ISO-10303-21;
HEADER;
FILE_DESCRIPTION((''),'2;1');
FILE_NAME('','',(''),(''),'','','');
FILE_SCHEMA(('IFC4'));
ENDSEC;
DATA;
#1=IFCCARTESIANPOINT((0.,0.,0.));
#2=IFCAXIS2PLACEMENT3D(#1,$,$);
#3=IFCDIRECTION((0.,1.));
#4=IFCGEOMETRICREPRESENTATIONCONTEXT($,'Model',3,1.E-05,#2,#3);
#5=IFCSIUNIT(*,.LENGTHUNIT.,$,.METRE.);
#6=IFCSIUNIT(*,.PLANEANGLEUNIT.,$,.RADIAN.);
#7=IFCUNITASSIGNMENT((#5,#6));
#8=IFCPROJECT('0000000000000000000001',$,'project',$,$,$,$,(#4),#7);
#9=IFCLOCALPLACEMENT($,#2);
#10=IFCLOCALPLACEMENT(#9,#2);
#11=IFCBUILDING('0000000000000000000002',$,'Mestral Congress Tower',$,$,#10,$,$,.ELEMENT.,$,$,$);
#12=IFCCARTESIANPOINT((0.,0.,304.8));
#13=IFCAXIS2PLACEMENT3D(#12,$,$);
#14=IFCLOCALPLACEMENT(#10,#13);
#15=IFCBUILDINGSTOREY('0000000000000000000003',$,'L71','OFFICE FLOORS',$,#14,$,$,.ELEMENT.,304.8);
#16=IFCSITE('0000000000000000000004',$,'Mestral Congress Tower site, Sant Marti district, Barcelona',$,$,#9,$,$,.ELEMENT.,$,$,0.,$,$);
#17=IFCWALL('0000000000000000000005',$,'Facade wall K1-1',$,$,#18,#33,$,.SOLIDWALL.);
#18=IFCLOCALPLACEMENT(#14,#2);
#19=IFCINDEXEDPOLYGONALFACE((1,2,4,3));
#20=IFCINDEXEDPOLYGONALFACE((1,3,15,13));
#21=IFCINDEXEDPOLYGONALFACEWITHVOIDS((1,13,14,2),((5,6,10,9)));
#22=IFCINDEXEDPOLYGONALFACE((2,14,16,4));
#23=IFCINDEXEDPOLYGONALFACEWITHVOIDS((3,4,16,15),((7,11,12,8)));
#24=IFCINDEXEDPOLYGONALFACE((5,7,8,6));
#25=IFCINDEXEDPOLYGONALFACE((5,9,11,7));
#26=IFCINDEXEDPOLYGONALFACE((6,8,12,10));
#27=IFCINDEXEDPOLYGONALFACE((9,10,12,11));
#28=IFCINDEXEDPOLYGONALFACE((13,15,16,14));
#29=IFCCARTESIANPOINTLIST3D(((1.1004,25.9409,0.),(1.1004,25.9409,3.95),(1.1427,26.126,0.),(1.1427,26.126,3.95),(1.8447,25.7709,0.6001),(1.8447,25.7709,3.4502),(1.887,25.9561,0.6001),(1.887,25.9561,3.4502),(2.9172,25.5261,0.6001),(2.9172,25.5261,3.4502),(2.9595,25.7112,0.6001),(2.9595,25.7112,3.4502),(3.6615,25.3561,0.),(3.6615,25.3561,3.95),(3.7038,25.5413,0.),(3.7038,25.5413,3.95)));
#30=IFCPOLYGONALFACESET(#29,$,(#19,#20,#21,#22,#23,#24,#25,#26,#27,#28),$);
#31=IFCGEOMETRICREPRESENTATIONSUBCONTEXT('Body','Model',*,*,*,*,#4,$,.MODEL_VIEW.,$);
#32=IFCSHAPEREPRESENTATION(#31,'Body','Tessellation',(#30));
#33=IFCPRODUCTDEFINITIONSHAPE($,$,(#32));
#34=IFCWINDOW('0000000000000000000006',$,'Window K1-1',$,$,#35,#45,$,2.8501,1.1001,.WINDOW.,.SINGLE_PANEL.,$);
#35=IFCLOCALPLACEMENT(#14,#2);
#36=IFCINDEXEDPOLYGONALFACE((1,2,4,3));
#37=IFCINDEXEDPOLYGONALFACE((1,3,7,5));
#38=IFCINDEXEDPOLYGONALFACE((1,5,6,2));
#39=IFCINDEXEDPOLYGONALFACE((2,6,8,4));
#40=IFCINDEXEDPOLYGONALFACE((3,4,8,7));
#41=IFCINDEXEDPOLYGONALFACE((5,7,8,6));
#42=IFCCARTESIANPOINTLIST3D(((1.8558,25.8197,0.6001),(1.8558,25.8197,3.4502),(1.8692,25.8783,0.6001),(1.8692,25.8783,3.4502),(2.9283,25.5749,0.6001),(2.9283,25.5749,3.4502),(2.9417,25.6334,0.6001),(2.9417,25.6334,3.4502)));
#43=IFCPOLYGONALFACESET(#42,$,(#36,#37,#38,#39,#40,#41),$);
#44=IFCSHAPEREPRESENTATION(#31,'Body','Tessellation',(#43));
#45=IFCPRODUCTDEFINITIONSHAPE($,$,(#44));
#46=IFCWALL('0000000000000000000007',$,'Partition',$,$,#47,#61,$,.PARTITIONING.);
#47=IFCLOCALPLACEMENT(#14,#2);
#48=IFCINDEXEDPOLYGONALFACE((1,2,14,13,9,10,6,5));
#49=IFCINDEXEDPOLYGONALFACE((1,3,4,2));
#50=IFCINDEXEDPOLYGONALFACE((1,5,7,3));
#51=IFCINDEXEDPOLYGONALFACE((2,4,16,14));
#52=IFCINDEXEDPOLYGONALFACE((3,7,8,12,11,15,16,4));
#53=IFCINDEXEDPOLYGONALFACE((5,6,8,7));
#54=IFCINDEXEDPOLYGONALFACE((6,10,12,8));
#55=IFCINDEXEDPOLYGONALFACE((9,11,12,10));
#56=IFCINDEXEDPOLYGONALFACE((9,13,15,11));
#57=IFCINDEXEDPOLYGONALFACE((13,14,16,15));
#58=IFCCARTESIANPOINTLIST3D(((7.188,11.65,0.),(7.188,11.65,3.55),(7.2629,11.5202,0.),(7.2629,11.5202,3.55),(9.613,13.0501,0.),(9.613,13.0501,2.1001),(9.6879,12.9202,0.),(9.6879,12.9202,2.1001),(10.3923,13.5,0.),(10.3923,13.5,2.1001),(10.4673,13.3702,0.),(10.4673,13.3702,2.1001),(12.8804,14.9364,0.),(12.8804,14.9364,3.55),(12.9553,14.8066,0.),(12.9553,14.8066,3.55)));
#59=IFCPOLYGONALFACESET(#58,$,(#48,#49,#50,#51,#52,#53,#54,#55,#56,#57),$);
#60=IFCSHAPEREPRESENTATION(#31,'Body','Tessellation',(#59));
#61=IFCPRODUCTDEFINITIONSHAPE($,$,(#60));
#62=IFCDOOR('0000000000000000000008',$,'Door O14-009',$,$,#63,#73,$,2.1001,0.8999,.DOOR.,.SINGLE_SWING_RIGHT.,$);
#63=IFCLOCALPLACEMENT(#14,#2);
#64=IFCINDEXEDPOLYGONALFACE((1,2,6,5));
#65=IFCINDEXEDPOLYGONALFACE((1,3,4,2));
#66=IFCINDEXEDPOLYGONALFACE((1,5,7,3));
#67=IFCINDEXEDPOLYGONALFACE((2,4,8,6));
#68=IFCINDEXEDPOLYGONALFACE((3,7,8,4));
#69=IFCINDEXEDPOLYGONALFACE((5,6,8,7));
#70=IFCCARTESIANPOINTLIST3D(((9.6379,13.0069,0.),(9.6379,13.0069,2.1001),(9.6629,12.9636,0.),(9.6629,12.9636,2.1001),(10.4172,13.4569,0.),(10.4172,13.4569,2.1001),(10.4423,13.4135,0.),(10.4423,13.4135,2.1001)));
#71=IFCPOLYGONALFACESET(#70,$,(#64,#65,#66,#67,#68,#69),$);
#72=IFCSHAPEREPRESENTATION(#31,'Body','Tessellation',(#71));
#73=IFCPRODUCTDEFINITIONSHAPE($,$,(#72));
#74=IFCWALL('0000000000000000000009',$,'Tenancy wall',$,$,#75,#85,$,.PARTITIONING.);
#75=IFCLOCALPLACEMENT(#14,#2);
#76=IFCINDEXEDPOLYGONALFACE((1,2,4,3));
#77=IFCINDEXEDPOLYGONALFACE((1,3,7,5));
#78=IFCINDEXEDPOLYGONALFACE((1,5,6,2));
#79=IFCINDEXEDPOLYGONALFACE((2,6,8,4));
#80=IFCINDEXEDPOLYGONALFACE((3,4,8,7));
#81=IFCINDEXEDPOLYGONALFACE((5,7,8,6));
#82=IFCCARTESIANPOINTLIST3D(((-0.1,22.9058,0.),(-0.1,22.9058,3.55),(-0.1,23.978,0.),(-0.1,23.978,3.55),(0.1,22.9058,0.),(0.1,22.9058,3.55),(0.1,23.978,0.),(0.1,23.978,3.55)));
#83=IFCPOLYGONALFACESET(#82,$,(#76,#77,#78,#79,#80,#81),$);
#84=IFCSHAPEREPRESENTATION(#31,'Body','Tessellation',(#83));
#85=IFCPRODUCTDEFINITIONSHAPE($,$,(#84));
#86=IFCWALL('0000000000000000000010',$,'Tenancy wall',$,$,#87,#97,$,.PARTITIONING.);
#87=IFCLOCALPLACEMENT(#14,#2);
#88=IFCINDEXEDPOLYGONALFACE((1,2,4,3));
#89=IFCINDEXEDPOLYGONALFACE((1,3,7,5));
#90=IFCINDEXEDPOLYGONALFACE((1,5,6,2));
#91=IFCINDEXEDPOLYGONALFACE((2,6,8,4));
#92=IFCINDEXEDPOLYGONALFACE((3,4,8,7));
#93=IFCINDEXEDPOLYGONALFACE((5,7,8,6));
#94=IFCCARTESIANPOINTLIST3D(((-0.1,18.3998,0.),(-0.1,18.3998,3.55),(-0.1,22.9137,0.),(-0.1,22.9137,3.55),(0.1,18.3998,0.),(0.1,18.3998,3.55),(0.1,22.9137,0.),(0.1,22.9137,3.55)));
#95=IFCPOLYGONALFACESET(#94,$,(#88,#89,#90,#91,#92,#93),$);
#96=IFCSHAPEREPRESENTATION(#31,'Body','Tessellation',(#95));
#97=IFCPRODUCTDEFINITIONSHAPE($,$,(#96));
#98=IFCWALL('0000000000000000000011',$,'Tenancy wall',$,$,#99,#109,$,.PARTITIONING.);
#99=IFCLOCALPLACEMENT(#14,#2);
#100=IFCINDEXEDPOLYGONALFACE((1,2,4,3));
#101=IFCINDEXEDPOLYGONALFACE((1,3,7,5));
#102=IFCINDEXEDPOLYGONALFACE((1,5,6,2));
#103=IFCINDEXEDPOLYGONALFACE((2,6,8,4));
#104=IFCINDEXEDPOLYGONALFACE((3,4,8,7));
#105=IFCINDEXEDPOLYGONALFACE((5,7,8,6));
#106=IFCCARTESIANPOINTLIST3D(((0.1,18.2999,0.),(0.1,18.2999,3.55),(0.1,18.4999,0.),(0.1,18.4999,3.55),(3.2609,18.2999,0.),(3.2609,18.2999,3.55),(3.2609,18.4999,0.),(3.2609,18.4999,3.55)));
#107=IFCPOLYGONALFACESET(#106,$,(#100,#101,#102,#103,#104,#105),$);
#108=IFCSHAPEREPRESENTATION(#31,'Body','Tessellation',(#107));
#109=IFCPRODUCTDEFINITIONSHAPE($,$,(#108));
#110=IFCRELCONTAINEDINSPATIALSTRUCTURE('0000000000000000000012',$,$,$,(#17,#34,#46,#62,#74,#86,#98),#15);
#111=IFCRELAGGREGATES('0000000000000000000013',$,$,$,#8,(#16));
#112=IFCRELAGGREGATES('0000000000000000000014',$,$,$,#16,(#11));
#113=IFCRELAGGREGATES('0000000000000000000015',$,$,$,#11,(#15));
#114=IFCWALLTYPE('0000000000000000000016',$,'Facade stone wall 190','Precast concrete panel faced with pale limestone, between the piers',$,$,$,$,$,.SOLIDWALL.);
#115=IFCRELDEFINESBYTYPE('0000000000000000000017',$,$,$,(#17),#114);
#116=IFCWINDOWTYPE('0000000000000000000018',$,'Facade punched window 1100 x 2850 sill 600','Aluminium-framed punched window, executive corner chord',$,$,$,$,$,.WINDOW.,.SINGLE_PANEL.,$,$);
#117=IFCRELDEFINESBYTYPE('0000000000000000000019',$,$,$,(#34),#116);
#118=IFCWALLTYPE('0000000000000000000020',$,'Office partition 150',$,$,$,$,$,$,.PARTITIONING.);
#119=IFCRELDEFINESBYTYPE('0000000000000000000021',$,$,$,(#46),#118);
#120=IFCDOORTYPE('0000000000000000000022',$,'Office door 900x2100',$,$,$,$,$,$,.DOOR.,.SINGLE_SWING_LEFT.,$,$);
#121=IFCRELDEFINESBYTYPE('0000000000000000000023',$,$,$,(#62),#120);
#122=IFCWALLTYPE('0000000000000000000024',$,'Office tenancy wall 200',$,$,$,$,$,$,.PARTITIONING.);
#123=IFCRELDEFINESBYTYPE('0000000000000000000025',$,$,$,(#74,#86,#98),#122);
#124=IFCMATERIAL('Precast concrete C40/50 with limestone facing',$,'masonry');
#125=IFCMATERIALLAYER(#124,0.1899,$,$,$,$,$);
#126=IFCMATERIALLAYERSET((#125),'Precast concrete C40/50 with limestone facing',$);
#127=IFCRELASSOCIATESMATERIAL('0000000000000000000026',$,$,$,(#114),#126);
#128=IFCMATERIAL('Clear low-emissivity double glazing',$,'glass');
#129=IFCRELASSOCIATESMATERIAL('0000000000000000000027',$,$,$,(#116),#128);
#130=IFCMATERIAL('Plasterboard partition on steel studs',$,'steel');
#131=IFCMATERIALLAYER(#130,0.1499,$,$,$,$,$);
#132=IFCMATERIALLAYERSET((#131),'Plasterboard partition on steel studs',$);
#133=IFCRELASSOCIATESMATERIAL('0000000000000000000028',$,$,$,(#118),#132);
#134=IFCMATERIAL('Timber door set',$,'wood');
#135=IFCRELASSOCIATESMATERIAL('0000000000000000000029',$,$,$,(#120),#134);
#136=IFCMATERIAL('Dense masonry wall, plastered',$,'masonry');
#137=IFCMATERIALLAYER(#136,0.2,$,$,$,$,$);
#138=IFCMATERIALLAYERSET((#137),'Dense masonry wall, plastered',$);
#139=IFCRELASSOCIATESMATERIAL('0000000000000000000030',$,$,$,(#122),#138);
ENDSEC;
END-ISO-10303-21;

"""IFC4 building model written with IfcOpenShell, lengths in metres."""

from ifc_helpers import new_model, si_unit, direction, frame, frame_2d, origin, place, context, subcontext, project, spatial, rectangle, extrude, material, layer, layer_set, type_object, element, fill, save


model = new_model("IFC4")

# Units and contexts
model_context = context("Model", 3, precision=1e-05, world=origin(), true_north=direction((0.0, 1.0)))
body_context = subcontext(model_context, "Body", "Model", "MODEL_VIEW")
ifc_project = project(units=[si_unit("LENGTHUNIT", "METRE"), si_unit("PLANEANGLEUNIT", "RADIAN")], contexts=[model_context])

# Site, building, storey
site_placement = place(None, origin())
site = spatial("IfcSite", under=ifc_project, at=site_placement, Name="Mestral Congress Tower site, Sant Marti district, Barcelona", CompositionType="ELEMENT", RefElevation=0.0)
building_placement = place(site_placement, origin())
building = spatial("IfcBuilding", under=site, at=building_placement, Name="Mestral Congress Tower", CompositionType="ELEMENT")
storey_placement = place(building_placement, frame((0.0, 0.0, 304.8)))
storey = spatial("IfcBuildingStorey", under=building, at=storey_placement, Name="L71", Description="OFFICE FLOORS", CompositionType="ELEMENT", Elevation=304.8)

# Shared definitions
ifc_material_1 = material(Name="Precast concrete C40/50 with limestone facing", Category="masonry")
ifc_layer_1 = layer(ifc_material_1, 0.1899)
ifc_layer_set_1 = layer_set([ifc_layer_1], Name="Precast concrete C40/50 with limestone facing")
wall_type_1 = type_object("IfcWallType", Name="Facade stone wall 190", Description="Precast concrete panel faced with pale limestone, between the piers", PredefinedType="SOLIDWALL", material=ifc_layer_set_1)
ifc_material_2 = material(Name="Clear low-emissivity double glazing", Category="glass")

# Wall, opening, window
window_type_1 = type_object("IfcWindowType", Name="Facade punched window 1100 x 2850 sill 600", Description="Aluminium-framed punched window, executive corner chord", PartitioningType="SINGLE_PANEL", PredefinedType="WINDOW", material=ifc_material_2)
wall_1_placement = place(storey_placement, frame((3.6826, 25.4487, 0.0), z_axis=(0.0, 0.0, 1.0), x_axis=(-0.974913, 0.222585, 0.0)))
wall_1 = element("IfcWall", 1, at=wall_1_placement, inside=storey, type_object=wall_type_1, Name="Facade wall K1-1", PredefinedType="SOLIDWALL", context=body_context, shape_type="SweptSolid", body=[
    extrude(rectangle(XDim=2.627, YDim=0.1899, at=frame_2d((1.3135, 0.0))), origin(), (0.0, 0.0, 1.0), 3.95),
])
opening_1_placement = place(wall_1_placement, frame((0.7634, 0.0, 0.6001)))
opening_1 = element("IfcOpeningElement", 2, at=opening_1_placement, cuts=wall_1, PredefinedType="OPENING", context=body_context, shape_type="SweptSolid", body=[
    extrude(rectangle(XDim=1.1001, YDim=2.8501, at=frame_2d((0.55, 1.425))), frame((0.0, 0.105, 0.0), z_axis=(0.0, -1.0, 0.0), x_axis=(1.0, 0.0, 0.0)), (0.0, 0.0, 1.0), 0.21),
])
window_1_placement = place(opening_1_placement, origin())
window_1 = element("IfcWindow", 3, at=window_1_placement, inside=storey, type_object=window_type_1, Name="Window K1-1", OverallHeight=2.8501, OverallWidth=1.1001, PartitioningType="SINGLE_PANEL", PredefinedType="WINDOW", context=body_context, shape_type="SweptSolid", body=[
    extrude(rectangle(XDim=1.1001, YDim=2.8501, at=frame_2d((0.55, 1.425))), frame((0.0, 0.0449, 0.0), z_axis=(0.0, -1.0, 0.0), x_axis=(1.0, 0.0, 0.0)), (0.0, 0.0, 1.0), 0.0601),
])
fill(opening_1, window_1)

# Wall, opening, door
ifc_material_3 = material(Name="Plasterboard partition on steel studs", Category="steel")
ifc_layer_2 = layer(ifc_material_3, 0.1499)
ifc_layer_set_2 = layer_set([ifc_layer_2], Name="Plasterboard partition on steel studs")
wall_type_2 = type_object("IfcWallType", Name="Office partition 150", PredefinedType="PARTITIONING", material=ifc_layer_set_2)
wall_2_placement = place(storey_placement, frame((12.918, 14.8716, 0.0), z_axis=(0.0, 0.0, 1.0), x_axis=(-0.866033, -0.499986, 0.0)))
wall_2 = element("IfcWall", 4, at=wall_2_placement, inside=storey, type_object=wall_type_2, Name="Partition", PredefinedType="PARTITIONING", context=body_context, shape_type="SweptSolid", body=[
    extrude(rectangle(XDim=6.573, YDim=0.1499, at=frame_2d((3.2866, 0.0))), origin(), (0.0, 0.0, 1.0), 3.55),
])
opening_2_placement = place(wall_2_placement, frame((2.873, 0.0, 0.0)))
opening_2 = element("IfcOpeningElement", 5, at=opening_2_placement, cuts=wall_2, PredefinedType="OPENING", context=body_context, shape_type="SweptSolid", body=[
    extrude(rectangle(XDim=0.8999, YDim=2.1001, at=frame_2d((0.45, 1.05))), frame((0.0, 0.085, 0.0), z_axis=(0.0, -1.0, 0.0), x_axis=(1.0, 0.0, 0.0)), (0.0, 0.0, 1.0), 0.1699),
])
ifc_material_4 = material(Name="Timber door set", Category="wood")
door_type = type_object("IfcDoorType", Name="Office door 900x2100", OperationType="SINGLE_SWING_LEFT", PredefinedType="DOOR", material=ifc_material_4)
door_placement = place(opening_2_placement, origin())
door = element("IfcDoor", 6, at=door_placement, inside=storey, type_object=door_type, Name="Door O14-009", OperationType="SINGLE_SWING_RIGHT", OverallHeight=2.1001, OverallWidth=0.8999, PredefinedType="DOOR", context=body_context, shape_type="SweptSolid", body=[
    extrude(rectangle(XDim=0.8999, YDim=2.1001, at=frame_2d((0.45, 1.05))), frame((0.0, 0.0249, 0.0), z_axis=(0.0, -1.0, 0.0), x_axis=(1.0, 0.0, 0.0)), (0.0, 0.0, 1.0), 0.05),
])
fill(opening_2, door)

# Walls
ifc_material_5 = material(Name="Dense masonry wall, plastered", Category="masonry")
ifc_layer_3 = layer(ifc_material_5, 0.2)
ifc_layer_set_3 = layer_set([ifc_layer_3], Name="Dense masonry wall, plastered")
wall_type_3 = type_object("IfcWallType", Name="Office tenancy wall 200", PredefinedType="PARTITIONING", material=ifc_layer_set_3)
wall_3_placement = place(storey_placement, frame((0.0, 22.9058, 0.0), z_axis=(0.0, 0.0, 1.0), x_axis=(0.0, 1.0, 0.0)))
element("IfcWall", 7, at=wall_3_placement, inside=storey, type_object=wall_type_3, Name="Tenancy wall", PredefinedType="PARTITIONING", context=body_context, shape_type="SweptSolid", body=[
    extrude(rectangle(XDim=1.0723, YDim=0.2, at=frame_2d((0.5361, 0.0))), origin(), (0.0, 0.0, 1.0), 3.55),
])
wall_4_placement = place(storey_placement, frame((0.0, 18.3999, 0.0), z_axis=(0.0, 0.0, 1.0), x_axis=(0.0, 1.0, 0.0)))
element("IfcWall", 8, at=wall_4_placement, inside=storey, type_object=wall_type_3, Name="Tenancy wall", PredefinedType="PARTITIONING", context=body_context, shape_type="SweptSolid", body=[
    extrude(rectangle(XDim=4.5139, YDim=0.2, at=frame_2d((2.2568, 0.0))), origin(), (0.0, 0.0, 1.0), 3.55),
])
wall_5_placement = place(storey_placement, frame((3.261, 18.3999, 0.0), z_axis=(0.0, 0.0, 1.0), x_axis=(-1.0, 0.0, 0.0)))
element("IfcWall", 9, at=wall_5_placement, inside=storey, type_object=wall_type_3, Name="Tenancy wall", PredefinedType="PARTITIONING", context=body_context, shape_type="SweptSolid", body=[
    extrude(rectangle(XDim=3.1609, YDim=0.2, at=frame_2d((1.5806, 0.0))), origin(), (0.0, 0.0, 1.0), 3.55),
])

save(model, "model.ifc")
